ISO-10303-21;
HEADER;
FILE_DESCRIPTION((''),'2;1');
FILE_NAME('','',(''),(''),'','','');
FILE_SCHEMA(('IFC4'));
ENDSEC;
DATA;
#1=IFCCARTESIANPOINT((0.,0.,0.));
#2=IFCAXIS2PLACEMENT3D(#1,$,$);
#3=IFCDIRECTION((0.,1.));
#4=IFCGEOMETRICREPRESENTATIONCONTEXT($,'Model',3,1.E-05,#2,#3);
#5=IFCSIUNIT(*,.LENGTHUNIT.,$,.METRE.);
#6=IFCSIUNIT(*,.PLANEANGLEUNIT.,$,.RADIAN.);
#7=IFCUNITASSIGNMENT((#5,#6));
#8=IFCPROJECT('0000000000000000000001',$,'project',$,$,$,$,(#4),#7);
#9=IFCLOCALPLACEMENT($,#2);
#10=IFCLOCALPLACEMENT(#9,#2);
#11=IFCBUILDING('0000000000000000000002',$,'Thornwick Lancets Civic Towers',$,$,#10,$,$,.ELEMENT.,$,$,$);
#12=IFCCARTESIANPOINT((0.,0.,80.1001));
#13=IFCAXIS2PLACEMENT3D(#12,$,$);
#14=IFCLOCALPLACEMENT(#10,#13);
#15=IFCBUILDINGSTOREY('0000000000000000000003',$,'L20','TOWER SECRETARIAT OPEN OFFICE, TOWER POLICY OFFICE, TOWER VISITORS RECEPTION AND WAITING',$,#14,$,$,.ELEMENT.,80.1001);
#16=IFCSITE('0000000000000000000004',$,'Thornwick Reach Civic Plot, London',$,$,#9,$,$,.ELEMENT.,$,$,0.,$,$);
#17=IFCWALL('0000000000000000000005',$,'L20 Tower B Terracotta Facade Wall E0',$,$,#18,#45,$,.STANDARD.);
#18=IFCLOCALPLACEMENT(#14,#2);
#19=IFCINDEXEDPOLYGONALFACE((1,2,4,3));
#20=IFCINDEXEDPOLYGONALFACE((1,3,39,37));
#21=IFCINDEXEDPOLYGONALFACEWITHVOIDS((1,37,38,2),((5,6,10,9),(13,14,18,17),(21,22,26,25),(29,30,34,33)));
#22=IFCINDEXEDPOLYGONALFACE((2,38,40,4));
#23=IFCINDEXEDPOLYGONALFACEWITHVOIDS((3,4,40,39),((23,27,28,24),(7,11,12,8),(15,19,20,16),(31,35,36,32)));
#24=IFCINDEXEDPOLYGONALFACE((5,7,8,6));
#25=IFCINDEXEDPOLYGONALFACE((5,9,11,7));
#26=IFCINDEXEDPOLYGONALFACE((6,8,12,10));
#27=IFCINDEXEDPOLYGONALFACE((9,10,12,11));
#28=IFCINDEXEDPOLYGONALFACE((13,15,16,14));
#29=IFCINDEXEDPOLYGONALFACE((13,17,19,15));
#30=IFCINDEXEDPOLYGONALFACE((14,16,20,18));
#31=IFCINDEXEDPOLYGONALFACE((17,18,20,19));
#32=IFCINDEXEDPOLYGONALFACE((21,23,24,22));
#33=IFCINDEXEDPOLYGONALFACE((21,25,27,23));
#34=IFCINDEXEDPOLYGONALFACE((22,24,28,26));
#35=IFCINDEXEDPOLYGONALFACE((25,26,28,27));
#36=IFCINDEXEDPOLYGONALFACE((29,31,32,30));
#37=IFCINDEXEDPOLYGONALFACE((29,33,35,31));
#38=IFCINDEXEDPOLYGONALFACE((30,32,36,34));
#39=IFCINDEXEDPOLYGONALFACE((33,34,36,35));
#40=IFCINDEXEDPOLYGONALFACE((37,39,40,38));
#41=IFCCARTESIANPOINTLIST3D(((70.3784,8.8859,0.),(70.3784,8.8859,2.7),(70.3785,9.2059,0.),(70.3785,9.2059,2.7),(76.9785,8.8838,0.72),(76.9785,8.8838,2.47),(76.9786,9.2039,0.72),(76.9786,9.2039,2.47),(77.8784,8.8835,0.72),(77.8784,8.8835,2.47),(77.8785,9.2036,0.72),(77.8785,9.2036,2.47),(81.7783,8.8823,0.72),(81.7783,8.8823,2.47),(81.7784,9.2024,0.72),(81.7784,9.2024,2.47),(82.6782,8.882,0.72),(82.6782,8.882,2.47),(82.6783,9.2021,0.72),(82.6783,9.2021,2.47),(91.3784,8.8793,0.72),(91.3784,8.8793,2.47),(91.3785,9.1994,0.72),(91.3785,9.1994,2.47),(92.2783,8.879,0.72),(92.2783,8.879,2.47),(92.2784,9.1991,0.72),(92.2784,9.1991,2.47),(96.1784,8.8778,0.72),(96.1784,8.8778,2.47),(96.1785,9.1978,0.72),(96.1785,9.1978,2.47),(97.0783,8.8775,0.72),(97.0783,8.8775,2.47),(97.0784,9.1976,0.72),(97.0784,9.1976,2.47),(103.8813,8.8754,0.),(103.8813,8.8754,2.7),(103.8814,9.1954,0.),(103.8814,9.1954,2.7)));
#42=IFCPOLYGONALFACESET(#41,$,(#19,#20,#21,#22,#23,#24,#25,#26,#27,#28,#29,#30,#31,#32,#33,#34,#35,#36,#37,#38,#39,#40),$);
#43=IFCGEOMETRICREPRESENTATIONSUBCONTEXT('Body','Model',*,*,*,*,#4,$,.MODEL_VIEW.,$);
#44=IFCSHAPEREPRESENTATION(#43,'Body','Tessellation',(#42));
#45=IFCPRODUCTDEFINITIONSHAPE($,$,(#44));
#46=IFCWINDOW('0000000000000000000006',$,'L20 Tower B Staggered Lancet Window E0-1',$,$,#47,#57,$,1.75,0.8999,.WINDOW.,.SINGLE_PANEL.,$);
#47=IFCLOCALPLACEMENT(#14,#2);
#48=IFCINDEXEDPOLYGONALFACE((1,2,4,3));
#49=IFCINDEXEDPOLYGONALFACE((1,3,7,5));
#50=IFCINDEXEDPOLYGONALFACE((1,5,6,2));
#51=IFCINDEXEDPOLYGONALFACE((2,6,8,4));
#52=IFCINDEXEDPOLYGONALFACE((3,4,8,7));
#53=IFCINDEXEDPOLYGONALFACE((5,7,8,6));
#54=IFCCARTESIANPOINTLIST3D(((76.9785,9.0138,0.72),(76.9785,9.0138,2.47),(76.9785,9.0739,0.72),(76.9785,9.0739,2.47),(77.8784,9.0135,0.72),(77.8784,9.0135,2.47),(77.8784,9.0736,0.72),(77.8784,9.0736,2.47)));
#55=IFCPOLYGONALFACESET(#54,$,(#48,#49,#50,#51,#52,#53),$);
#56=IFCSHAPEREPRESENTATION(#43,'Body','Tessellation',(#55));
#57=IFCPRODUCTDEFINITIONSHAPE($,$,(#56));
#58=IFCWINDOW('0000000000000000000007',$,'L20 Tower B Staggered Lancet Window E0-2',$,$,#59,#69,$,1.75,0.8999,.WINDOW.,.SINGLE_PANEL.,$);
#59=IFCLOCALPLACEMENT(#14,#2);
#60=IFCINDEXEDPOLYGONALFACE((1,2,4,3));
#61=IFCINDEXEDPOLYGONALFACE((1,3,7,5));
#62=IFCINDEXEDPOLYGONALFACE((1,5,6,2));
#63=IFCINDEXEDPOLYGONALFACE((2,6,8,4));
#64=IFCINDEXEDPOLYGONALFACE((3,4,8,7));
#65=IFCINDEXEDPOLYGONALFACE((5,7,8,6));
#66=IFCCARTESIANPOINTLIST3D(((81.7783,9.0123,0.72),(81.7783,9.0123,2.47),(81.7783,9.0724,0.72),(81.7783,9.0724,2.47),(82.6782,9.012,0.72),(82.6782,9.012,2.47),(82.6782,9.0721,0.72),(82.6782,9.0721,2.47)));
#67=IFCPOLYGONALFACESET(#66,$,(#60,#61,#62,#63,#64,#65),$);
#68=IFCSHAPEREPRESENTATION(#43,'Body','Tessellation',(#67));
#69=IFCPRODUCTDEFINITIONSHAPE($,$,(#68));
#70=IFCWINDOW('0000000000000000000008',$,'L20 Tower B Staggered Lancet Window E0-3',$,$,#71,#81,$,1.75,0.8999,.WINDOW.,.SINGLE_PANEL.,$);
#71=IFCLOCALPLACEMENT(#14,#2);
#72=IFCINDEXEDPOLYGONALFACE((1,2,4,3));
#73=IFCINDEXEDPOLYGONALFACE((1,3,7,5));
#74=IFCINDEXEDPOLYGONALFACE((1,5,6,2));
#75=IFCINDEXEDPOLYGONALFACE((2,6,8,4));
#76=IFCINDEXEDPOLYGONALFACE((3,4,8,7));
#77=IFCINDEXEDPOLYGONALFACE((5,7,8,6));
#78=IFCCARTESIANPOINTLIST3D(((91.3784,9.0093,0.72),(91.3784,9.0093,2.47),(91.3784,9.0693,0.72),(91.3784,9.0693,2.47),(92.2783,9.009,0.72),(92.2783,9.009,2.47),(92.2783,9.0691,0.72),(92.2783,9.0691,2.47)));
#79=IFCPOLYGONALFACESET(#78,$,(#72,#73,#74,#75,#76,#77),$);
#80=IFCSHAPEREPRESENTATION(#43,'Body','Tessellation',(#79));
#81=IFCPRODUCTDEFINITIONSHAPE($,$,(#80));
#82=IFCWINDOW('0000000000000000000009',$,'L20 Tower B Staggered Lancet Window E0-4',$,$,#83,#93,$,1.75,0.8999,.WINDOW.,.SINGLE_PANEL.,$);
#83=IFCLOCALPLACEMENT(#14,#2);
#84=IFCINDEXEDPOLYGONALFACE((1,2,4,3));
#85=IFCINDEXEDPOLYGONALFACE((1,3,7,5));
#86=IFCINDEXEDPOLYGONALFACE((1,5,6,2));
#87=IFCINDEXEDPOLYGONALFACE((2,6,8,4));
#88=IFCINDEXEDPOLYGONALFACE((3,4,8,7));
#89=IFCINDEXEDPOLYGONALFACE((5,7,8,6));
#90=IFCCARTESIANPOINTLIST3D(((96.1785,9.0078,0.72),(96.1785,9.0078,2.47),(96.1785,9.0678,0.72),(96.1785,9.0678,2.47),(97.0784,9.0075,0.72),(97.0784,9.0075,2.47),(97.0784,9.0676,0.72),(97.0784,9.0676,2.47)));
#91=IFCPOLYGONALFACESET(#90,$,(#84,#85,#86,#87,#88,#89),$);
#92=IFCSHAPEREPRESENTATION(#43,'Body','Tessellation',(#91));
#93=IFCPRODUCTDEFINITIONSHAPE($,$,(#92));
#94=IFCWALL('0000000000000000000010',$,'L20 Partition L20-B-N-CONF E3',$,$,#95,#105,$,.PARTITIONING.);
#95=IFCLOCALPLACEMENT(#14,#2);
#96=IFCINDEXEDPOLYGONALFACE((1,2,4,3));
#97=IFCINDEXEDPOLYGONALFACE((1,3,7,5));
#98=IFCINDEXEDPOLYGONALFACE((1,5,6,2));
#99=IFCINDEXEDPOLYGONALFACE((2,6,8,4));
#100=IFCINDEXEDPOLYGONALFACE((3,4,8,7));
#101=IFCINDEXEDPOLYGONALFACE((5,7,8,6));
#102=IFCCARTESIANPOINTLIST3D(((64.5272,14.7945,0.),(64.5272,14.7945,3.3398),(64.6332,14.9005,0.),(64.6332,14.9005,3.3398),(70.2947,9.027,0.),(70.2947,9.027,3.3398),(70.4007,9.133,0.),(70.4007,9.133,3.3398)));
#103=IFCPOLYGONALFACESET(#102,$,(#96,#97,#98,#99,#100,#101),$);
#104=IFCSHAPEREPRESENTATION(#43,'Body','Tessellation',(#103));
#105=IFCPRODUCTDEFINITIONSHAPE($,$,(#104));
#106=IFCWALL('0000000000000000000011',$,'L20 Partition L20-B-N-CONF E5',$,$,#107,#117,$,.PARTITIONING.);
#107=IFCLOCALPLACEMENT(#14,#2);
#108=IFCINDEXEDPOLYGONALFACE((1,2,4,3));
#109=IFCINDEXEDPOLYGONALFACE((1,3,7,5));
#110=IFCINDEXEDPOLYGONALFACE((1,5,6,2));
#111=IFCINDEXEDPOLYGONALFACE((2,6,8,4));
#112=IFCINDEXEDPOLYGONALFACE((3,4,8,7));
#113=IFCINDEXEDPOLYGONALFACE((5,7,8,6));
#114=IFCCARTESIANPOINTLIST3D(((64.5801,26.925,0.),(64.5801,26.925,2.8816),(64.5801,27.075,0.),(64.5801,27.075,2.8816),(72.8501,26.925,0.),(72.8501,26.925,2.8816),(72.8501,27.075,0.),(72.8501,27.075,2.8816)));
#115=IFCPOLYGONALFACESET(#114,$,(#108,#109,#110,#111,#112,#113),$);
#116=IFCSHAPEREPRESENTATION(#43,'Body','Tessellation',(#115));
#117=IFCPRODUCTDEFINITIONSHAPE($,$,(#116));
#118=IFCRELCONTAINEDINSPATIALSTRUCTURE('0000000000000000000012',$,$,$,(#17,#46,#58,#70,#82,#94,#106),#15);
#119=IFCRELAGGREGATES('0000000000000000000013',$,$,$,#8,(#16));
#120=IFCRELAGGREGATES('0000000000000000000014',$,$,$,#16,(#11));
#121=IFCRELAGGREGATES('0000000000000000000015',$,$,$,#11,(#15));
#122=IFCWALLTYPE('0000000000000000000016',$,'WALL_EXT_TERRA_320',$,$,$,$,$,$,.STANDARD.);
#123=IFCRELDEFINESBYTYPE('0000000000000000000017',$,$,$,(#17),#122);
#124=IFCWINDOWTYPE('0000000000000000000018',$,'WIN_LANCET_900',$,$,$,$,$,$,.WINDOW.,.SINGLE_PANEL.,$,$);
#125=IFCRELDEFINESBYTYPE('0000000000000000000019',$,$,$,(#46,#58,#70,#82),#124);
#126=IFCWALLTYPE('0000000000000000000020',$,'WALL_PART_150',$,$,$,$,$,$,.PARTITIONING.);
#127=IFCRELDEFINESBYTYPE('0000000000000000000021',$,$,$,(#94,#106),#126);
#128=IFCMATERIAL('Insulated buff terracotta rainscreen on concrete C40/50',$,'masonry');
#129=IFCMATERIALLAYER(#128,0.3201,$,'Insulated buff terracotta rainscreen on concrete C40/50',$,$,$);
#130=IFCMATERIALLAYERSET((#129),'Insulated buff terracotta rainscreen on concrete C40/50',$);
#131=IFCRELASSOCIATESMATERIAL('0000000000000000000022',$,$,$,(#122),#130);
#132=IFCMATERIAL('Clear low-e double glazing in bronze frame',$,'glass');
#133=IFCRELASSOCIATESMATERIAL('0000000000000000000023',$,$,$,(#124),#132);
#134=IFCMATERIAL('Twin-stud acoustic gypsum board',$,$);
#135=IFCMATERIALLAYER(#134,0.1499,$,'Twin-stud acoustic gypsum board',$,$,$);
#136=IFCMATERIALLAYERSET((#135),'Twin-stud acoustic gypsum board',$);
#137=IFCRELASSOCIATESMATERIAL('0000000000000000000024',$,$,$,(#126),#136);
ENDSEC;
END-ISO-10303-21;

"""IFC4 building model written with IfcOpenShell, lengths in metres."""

from ifc_helpers import new_model, si_unit, direction, frame, frame_2d, origin, place, context, subcontext, project, spatial, rectangle, extrude, material, layer, layer_set, type_object, element, fill, save


model = new_model("IFC4")

# Units and contexts
model_context = context("Model", 3, precision=1e-05, world=origin(), true_north=direction((0.0, 1.0)))
body_context = subcontext(model_context, "Body", "Model", "MODEL_VIEW")
ifc_project = project(units=[si_unit("LENGTHUNIT", "METRE"), si_unit("PLANEANGLEUNIT", "RADIAN")], contexts=[model_context])

# Site, building, storey
site_placement = place(None, origin())
site = spatial("IfcSite", under=ifc_project, at=site_placement, Name="Thornwick Reach Civic Plot, London", CompositionType="ELEMENT", RefElevation=0.0)
building_placement = place(site_placement, origin())
building = spatial("IfcBuilding", under=site, at=building_placement, Name="Thornwick Lancets Civic Towers", CompositionType="ELEMENT")
storey_placement = place(building_placement, frame((0.0, 0.0, 80.1001)))
storey = spatial("IfcBuildingStorey", under=building, at=storey_placement, Name="L20", Description="TOWER SECRETARIAT OPEN OFFICE, TOWER POLICY OFFICE, TOWER VISITORS RECEPTION AND WAITING", CompositionType="ELEMENT", Elevation=80.1001)

# Wall, openings, windows
ifc_material_1 = material(Name="Insulated buff terracotta rainscreen on concrete C40/50", Category="masonry")
ifc_layer_1 = layer(ifc_material_1, 0.3201, Name="Insulated buff terracotta rainscreen on concrete C40/50")
ifc_layer_set_1 = layer_set([ifc_layer_1], Name="Insulated buff terracotta rainscreen on concrete C40/50")
wall_type_1 = type_object("IfcWallType", Name="WALL_EXT_TERRA_320", PredefinedType="STANDARD", material=ifc_layer_set_1)
ifc_material_2 = material(Name="Clear low-e double glazing in bronze frame", Category="glass")
window_type = type_object("IfcWindowType", Name="WIN_LANCET_900", PartitioningType="SINGLE_PANEL", PredefinedType="WINDOW", material=ifc_material_2)
wall_1_placement = place(storey_placement, frame((70.3784, 9.0459, 0.0), z_axis=(0.0, 0.0, 1.0), x_axis=(1.0, -0.000313, 0.0)))
wall_1 = element("IfcWall", 1, at=wall_1_placement, inside=storey, type_object=wall_type_1, Name="L20 Tower B Terracotta Facade Wall E0", PredefinedType="STANDARD", context=body_context, shape_type="SweptSolid", body=[
    extrude(rectangle(XDim=33.5029, YDim=0.3201, at=frame_2d((16.7515, 0.0))), origin(), (0.0, 0.0, 1.0), 2.7),
])
opening_1_placement = place(wall_1_placement, frame((6.6001, 0.0, 0.72)))
opening_1 = element("IfcOpeningElement", 2, at=opening_1_placement, cuts=wall_1, PredefinedType="OPENING", context=body_context, shape_type="SweptSolid", body=[
    extrude(rectangle(XDim=0.8999, YDim=1.75, at=frame_2d((0.45, 0.875))), frame((0.0, 0.1699, 0.0), z_axis=(0.0, -1.0, 0.0), x_axis=(1.0, 0.0, 0.0)), (0.0, 0.0, 1.0), 0.3401),
])
opening_2_placement = place(wall_1_placement, frame((11.3999, 0.0, 0.72)))
opening_2 = element("IfcOpeningElement", 3, at=opening_2_placement, cuts=wall_1, PredefinedType="OPENING", context=body_context, shape_type="SweptSolid", body=[
    extrude(rectangle(XDim=0.8999, YDim=1.75, at=frame_2d((0.45, 0.875))), frame((0.0, 0.1699, 0.0), z_axis=(0.0, -1.0, 0.0), x_axis=(1.0, 0.0, 0.0)), (0.0, 0.0, 1.0), 0.3401),
])
opening_3_placement = place(wall_1_placement, frame((21.0, 0.0, 0.72)))
opening_3 = element("IfcOpeningElement", 4, at=opening_3_placement, cuts=wall_1, PredefinedType="OPENING", context=body_context, shape_type="SweptSolid", body=[
    extrude(rectangle(XDim=0.8999, YDim=1.75, at=frame_2d((0.45, 0.875))), frame((0.0, 0.1699, 0.0), z_axis=(0.0, -1.0, 0.0), x_axis=(1.0, 0.0, 0.0)), (0.0, 0.0, 1.0), 0.3401),
])
opening_4_placement = place(wall_1_placement, frame((25.8, 0.0, 0.72)))
opening_4 = element("IfcOpeningElement", 5, at=opening_4_placement, cuts=wall_1, PredefinedType="OPENING", context=body_context, shape_type="SweptSolid", body=[
    extrude(rectangle(XDim=0.8999, YDim=1.75, at=frame_2d((0.45, 0.875))), frame((0.0, 0.1699, 0.0), z_axis=(0.0, -1.0, 0.0), x_axis=(1.0, 0.0, 0.0)), (0.0, 0.0, 1.0), 0.3401),
])
window_1_placement = place(opening_1_placement, origin())
window_1 = element("IfcWindow", 6, at=window_1_placement, inside=storey, type_object=window_type, Name="L20 Tower B Staggered Lancet Window E0-1", OverallHeight=1.75, OverallWidth=0.8999, PartitioningType="SINGLE_PANEL", PredefinedType="WINDOW", context=body_context, shape_type="SweptSolid", body=[
    extrude(rectangle(XDim=0.8999, YDim=1.75, at=frame_2d((0.45, 0.875))), frame((0.0, 0.03, 0.0), z_axis=(0.0, -1.0, 0.0), x_axis=(1.0, 0.0, 0.0)), (0.0, 0.0, 1.0), 0.0601),
])
fill(opening_1, window_1)
window_2_placement = place(opening_2_placement, origin())
window_2 = element("IfcWindow", 7, at=window_2_placement, inside=storey, type_object=window_type, Name="L20 Tower B Staggered Lancet Window E0-2", OverallHeight=1.75, OverallWidth=0.8999, PartitioningType="SINGLE_PANEL", PredefinedType="WINDOW", context=body_context, shape_type="SweptSolid", body=[
    extrude(rectangle(XDim=0.8999, YDim=1.75, at=frame_2d((0.45, 0.875))), frame((0.0, 0.03, 0.0), z_axis=(0.0, -1.0, 0.0), x_axis=(1.0, 0.0, 0.0)), (0.0, 0.0, 1.0), 0.0601),
])
fill(opening_2, window_2)
window_3_placement = place(opening_3_placement, origin())
window_3 = element("IfcWindow", 8, at=window_3_placement, inside=storey, type_object=window_type, Name="L20 Tower B Staggered Lancet Window E0-3", OverallHeight=1.75, OverallWidth=0.8999, PartitioningType="SINGLE_PANEL", PredefinedType="WINDOW", context=body_context, shape_type="SweptSolid", body=[
    extrude(rectangle(XDim=0.8999, YDim=1.75, at=frame_2d((0.45, 0.875))), frame((0.0, 0.03, 0.0), z_axis=(0.0, -1.0, 0.0), x_axis=(1.0, 0.0, 0.0)), (0.0, 0.0, 1.0), 0.0601),
])
fill(opening_3, window_3)
window_4_placement = place(opening_4_placement, origin())
window_4 = element("IfcWindow", 9, at=window_4_placement, inside=storey, type_object=window_type, Name="L20 Tower B Staggered Lancet Window E0-4", OverallHeight=1.75, OverallWidth=0.8999, PartitioningType="SINGLE_PANEL", PredefinedType="WINDOW", context=body_context, shape_type="SweptSolid", body=[
    extrude(rectangle(XDim=0.8999, YDim=1.75, at=frame_2d((0.45, 0.875))), frame((0.0, 0.03, 0.0), z_axis=(0.0, -1.0, 0.0), x_axis=(1.0, 0.0, 0.0)), (0.0, 0.0, 1.0), 0.0601),
])
fill(opening_4, window_4)

# Walls
ifc_material_3 = material(Name="Twin-stud acoustic gypsum board")
ifc_layer_2 = layer(ifc_material_3, 0.1499, Name="Twin-stud acoustic gypsum board")
ifc_layer_set_2 = layer_set([ifc_layer_2], Name="Twin-stud acoustic gypsum board")
wall_type_2 = type_object("IfcWallType", Name="WALL_PART_150", PredefinedType="PARTITIONING", material=ifc_layer_set_2)
wall_2_placement = place(storey_placement, frame((70.3477, 9.0801, 0.0), z_axis=(0.0, 0.0, 1.0), x_axis=(-0.707107, 0.707107, 0.0)))
element("IfcWall", 10, at=wall_2_placement, inside=storey, type_object=wall_type_2, Name="L20 Partition L20-B-N-CONF E3", PredefinedType="PARTITIONING", context=body_context, shape_type="SweptSolid", body=[
    extrude(rectangle(XDim=8.1565, YDim=0.1499, at=frame_2d((4.0781, 0.0))), origin(), (0.0, 0.0, 1.0), 3.3398),
])
wall_3_placement = place(storey_placement, frame((64.5801, 27.0, 0.0), z_axis=(0.0, 0.0, 1.0), x_axis=(1.0, 0.0, 0.0)))
element("IfcWall", 11, at=wall_3_placement, inside=storey, type_object=wall_type_2, Name="L20 Partition L20-B-N-CONF E5", PredefinedType="PARTITIONING", context=body_context, shape_type="SweptSolid", body=[
    extrude(rectangle(XDim=8.27, YDim=0.1499, at=frame_2d((4.135, 0.0))), origin(), (0.0, 0.0, 1.0), 2.8816),
])

save(model, "model.ifc")
